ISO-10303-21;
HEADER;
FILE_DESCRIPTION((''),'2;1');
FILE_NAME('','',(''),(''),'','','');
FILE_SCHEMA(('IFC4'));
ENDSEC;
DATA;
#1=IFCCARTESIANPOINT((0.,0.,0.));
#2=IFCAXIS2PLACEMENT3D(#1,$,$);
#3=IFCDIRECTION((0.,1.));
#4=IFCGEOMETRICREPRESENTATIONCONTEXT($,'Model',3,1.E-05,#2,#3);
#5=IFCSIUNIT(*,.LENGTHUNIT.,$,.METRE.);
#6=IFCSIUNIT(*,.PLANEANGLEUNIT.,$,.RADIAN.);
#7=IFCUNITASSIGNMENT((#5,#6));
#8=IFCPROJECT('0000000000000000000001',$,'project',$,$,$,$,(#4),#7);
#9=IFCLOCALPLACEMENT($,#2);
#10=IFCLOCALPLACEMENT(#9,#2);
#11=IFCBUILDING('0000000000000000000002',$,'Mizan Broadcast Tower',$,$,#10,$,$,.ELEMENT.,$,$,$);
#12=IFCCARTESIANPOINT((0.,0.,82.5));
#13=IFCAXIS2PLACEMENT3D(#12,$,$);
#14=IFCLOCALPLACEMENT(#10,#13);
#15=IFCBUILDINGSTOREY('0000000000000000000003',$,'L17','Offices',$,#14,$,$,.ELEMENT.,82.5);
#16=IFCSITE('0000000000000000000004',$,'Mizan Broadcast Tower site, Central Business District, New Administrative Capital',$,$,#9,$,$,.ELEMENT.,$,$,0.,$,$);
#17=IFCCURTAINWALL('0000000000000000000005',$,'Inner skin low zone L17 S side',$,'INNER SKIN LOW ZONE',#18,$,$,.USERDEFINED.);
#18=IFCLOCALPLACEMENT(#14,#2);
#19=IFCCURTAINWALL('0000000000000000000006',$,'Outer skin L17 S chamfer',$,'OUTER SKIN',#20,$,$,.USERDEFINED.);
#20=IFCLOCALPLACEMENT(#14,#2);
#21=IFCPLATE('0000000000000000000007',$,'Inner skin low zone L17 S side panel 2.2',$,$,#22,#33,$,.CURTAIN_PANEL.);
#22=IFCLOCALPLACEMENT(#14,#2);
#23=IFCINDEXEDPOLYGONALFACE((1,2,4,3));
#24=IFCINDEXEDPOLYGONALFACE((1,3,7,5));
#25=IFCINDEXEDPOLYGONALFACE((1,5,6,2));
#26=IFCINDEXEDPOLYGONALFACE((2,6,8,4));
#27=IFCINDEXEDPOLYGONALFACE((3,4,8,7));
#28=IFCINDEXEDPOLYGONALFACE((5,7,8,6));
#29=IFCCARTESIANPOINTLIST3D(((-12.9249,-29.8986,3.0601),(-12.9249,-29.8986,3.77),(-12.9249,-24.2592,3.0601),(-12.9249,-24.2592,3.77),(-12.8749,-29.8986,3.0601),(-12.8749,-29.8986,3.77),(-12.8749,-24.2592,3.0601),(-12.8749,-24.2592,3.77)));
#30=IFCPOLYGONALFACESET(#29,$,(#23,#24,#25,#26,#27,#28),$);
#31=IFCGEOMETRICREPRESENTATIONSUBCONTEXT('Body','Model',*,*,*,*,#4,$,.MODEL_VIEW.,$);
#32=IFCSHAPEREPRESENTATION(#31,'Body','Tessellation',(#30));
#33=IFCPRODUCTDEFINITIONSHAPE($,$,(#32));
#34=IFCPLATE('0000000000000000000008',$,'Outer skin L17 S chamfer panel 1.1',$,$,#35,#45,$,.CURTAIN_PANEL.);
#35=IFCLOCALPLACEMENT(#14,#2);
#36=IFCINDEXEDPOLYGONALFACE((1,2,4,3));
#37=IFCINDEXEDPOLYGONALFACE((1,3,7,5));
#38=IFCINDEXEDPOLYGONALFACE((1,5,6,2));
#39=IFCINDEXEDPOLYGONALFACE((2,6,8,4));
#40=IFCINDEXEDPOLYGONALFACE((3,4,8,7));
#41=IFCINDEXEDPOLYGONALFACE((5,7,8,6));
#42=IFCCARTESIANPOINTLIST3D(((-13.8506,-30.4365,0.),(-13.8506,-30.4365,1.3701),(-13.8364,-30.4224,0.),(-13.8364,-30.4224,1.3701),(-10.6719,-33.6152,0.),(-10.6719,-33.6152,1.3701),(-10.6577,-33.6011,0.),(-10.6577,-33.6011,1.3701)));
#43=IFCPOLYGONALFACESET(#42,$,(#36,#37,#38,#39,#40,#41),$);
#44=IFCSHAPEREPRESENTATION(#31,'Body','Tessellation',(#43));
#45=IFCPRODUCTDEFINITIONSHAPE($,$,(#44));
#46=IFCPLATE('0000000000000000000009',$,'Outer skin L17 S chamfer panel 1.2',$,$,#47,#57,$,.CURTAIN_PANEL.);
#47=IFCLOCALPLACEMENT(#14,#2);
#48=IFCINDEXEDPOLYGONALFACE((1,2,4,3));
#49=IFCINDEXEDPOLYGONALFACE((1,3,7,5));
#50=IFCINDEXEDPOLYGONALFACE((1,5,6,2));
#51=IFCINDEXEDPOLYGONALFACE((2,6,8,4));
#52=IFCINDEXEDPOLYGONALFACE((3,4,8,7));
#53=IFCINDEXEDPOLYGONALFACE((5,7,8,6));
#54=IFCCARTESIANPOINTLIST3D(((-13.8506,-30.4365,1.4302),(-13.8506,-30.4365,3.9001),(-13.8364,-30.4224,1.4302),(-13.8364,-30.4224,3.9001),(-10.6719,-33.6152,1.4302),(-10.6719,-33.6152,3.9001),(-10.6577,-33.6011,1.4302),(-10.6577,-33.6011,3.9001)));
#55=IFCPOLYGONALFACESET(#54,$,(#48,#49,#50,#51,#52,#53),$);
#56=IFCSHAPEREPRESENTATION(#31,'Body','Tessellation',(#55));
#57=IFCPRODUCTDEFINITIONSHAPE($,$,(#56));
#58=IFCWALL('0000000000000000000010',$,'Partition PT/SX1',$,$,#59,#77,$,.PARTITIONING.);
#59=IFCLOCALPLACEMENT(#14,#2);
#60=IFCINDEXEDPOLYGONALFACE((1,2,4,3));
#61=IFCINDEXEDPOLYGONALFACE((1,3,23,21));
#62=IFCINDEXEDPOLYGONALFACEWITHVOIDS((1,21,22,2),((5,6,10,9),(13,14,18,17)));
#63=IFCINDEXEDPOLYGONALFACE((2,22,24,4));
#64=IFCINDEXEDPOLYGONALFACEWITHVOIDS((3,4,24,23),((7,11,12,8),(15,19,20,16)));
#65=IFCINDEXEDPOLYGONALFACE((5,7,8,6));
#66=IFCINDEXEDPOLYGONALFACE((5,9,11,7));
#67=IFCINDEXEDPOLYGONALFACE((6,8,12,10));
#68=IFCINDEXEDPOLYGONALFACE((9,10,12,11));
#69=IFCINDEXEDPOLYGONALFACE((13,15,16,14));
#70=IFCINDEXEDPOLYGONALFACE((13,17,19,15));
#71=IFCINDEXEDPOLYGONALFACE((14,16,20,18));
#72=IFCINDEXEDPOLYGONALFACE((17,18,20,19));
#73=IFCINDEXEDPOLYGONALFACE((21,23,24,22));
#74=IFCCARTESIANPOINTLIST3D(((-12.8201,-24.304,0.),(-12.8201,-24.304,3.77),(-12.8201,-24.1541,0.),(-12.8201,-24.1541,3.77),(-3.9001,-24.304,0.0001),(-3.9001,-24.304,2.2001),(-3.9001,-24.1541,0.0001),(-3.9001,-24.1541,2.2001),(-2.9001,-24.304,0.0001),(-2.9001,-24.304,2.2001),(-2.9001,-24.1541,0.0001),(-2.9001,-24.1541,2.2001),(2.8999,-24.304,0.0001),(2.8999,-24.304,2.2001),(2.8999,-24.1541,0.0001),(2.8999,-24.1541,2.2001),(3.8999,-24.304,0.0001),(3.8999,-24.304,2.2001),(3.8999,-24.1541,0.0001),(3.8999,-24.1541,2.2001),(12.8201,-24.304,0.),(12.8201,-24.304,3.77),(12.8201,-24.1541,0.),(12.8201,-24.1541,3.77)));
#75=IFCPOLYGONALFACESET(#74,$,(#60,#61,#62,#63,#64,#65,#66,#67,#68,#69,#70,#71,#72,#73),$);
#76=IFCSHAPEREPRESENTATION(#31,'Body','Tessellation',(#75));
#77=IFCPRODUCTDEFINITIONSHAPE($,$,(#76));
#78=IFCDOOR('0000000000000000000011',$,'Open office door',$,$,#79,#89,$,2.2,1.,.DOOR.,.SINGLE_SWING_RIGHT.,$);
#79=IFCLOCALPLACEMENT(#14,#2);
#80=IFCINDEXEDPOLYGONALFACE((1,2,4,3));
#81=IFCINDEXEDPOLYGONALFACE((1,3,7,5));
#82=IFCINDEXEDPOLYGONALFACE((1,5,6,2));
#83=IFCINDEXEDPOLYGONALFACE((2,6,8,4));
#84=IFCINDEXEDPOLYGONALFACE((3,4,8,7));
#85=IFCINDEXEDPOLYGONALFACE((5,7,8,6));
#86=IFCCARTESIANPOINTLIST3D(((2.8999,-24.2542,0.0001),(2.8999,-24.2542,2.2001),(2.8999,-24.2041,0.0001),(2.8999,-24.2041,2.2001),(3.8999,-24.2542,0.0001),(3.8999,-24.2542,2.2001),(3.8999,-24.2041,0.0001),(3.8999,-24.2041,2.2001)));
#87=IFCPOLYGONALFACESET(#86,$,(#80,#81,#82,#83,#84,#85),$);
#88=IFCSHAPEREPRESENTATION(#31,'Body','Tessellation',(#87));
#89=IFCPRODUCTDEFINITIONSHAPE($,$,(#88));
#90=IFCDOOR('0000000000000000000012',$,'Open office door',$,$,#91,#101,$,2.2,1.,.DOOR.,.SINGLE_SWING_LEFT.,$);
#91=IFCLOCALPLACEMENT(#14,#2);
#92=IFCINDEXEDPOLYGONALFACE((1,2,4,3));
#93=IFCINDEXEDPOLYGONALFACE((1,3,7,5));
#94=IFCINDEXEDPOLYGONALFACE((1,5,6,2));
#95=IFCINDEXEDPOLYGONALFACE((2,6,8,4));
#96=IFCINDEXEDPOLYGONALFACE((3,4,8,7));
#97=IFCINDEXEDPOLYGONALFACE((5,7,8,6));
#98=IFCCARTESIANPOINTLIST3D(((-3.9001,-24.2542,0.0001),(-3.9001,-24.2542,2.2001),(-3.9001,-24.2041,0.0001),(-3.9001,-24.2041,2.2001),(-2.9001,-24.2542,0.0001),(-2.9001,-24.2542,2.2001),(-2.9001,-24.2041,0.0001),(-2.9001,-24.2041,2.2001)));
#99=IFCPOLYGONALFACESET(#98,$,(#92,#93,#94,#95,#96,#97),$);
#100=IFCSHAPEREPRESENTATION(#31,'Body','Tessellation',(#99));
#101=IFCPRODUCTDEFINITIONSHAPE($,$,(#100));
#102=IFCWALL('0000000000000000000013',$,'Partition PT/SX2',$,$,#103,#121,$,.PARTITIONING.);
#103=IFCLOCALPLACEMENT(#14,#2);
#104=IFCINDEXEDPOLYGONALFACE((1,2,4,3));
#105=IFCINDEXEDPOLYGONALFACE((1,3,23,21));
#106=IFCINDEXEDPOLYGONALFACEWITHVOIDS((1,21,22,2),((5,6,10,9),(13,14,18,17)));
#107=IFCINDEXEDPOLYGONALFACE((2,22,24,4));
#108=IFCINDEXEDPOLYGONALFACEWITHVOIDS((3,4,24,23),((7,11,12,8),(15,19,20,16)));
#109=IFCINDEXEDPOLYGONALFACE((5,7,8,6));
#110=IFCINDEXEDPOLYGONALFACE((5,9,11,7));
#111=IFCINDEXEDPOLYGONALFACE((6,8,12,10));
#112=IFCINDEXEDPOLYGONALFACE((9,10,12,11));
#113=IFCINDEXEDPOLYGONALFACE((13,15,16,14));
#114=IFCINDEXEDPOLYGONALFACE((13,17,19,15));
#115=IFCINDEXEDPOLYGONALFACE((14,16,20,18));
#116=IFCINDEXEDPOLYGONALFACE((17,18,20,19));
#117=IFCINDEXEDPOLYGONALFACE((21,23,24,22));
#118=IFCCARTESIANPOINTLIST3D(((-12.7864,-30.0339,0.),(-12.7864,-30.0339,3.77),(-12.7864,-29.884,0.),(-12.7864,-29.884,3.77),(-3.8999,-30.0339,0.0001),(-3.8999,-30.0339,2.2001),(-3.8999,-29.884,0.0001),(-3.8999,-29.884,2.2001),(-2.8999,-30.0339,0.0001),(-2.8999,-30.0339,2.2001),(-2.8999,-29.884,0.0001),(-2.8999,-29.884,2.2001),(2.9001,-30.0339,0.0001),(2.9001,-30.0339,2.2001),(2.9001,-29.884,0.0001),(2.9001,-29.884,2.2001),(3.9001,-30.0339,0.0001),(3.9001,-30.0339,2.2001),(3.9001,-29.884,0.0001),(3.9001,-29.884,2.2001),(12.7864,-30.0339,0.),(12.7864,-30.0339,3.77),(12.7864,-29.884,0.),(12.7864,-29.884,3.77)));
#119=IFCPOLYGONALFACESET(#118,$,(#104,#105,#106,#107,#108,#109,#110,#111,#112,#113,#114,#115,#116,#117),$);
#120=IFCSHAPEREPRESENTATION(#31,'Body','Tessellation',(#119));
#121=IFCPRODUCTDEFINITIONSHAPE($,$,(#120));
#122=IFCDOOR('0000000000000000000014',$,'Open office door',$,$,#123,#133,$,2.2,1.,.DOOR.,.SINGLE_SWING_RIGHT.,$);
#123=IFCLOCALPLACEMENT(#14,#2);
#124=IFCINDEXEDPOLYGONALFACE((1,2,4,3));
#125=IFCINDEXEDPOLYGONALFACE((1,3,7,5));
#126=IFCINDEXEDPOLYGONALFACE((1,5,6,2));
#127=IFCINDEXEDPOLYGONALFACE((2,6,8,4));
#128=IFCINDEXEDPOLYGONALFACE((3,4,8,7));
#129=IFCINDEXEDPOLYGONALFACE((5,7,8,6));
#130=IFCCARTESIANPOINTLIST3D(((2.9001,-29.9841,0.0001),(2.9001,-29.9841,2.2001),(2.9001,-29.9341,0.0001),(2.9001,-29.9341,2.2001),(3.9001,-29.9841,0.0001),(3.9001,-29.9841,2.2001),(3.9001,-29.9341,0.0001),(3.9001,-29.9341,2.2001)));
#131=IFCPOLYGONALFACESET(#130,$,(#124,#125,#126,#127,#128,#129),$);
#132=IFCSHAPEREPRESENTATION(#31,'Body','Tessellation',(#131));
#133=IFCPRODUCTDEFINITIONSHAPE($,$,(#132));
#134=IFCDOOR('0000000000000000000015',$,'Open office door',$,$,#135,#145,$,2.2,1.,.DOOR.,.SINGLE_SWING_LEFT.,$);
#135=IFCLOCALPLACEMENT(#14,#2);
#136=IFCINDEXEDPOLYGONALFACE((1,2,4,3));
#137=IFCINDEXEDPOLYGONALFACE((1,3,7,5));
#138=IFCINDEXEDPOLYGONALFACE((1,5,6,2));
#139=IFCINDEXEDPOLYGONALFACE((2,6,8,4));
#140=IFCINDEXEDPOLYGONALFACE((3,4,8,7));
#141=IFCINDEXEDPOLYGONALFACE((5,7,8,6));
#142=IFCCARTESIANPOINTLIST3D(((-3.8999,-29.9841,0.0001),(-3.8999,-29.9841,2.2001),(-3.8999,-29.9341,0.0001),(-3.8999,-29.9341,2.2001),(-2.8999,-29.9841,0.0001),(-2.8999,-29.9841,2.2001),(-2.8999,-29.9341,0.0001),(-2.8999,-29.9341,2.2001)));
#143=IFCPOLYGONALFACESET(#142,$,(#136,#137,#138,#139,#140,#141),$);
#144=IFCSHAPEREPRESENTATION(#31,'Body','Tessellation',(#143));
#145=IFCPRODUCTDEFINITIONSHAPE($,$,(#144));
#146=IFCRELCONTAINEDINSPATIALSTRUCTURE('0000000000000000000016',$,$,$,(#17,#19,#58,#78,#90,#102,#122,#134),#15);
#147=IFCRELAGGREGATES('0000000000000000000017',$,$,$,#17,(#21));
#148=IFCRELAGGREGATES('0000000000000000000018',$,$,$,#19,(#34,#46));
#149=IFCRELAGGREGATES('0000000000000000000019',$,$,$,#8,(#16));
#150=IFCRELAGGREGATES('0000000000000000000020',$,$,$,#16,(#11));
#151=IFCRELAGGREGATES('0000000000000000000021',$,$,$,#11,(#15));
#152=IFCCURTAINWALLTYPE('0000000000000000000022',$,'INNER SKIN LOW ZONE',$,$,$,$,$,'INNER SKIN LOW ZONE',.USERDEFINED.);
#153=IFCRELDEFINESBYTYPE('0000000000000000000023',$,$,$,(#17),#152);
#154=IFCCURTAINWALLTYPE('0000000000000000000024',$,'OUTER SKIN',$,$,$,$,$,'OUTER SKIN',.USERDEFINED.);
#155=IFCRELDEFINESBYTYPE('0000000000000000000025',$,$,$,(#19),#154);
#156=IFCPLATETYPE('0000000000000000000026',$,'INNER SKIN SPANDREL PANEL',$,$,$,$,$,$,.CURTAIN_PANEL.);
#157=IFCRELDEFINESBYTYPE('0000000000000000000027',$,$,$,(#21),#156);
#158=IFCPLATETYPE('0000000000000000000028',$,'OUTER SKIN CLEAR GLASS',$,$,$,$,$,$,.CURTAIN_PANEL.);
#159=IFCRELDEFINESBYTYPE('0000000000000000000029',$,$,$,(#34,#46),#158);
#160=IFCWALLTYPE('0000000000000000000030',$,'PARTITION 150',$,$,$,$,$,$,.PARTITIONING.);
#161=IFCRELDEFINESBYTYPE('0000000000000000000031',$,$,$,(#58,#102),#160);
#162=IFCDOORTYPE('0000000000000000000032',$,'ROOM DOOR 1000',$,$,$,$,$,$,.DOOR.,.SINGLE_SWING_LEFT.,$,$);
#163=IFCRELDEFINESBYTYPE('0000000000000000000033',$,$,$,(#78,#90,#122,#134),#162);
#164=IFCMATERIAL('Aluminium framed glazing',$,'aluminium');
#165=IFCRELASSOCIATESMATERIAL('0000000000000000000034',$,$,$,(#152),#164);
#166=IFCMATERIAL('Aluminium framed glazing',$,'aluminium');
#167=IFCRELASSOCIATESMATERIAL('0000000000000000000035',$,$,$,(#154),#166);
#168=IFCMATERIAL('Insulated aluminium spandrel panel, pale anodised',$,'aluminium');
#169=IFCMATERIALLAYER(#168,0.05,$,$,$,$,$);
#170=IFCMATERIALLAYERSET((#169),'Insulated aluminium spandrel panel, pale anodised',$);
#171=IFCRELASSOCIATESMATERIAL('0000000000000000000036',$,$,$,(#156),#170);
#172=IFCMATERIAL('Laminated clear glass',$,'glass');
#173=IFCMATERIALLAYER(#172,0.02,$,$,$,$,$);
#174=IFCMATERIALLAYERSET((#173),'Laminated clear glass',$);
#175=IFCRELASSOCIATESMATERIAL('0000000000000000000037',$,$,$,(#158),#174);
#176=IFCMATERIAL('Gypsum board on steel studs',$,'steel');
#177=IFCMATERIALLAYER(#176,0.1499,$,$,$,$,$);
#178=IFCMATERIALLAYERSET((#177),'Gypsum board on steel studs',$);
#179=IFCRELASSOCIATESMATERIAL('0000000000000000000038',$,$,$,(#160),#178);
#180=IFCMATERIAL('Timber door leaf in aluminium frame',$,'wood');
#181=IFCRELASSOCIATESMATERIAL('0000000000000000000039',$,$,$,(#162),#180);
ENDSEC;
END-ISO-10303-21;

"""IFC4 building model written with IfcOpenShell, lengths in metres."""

from ifc_helpers import new_model, si_unit, direction, frame, frame_2d, origin, origin_2d, place, context, subcontext, project, spatial, rectangle, extrude, material, layer, layer_set, type_object, element, fill, aggregate, save


model = new_model("IFC4")

# Units and contexts
model_context = context("Model", 3, precision=1e-05, world=origin(), true_north=direction((0.0, 1.0)))
body_context = subcontext(model_context, "Body", "Model", "MODEL_VIEW")
ifc_project = project(units=[si_unit("LENGTHUNIT", "METRE"), si_unit("PLANEANGLEUNIT", "RADIAN")], contexts=[model_context])

# Site, building, storey
site_placement = place(None, origin())
site = spatial("IfcSite", under=ifc_project, at=site_placement, Name="Mizan Broadcast Tower site, Central Business District, New Administrative Capital", CompositionType="ELEMENT", RefElevation=0.0)
building_placement = place(site_placement, origin())
building = spatial("IfcBuilding", under=site, at=building_placement, Name="Mizan Broadcast Tower", CompositionType="ELEMENT")
storey_placement = place(building_placement, frame((0.0, 0.0, 82.5)))
storey = spatial("IfcBuildingStorey", under=building, at=storey_placement, Name="L17", Description="Offices", CompositionType="ELEMENT", Elevation=82.5)

# Curtain wall
ifc_material_1 = material(Name="Aluminium framed glazing", Category="aluminium")
curtain_wall_type_1 = type_object("IfcCurtainWallType", Name="INNER SKIN LOW ZONE", ElementType="INNER SKIN LOW ZONE", PredefinedType="USERDEFINED", material=ifc_material_1)
curtain_wall_1_placement = place(storey_placement, origin())
curtain_wall_1 = element("IfcCurtainWall", 1, at=curtain_wall_1_placement, inside=storey, type_object=curtain_wall_type_1, Name="Inner skin low zone L17 S side", ObjectType="INNER SKIN LOW ZONE", PredefinedType="USERDEFINED")

# Curtain wall
ifc_material_2 = material(Name="Aluminium framed glazing", Category="aluminium")
curtain_wall_type_2 = type_object("IfcCurtainWallType", Name="OUTER SKIN", ElementType="OUTER SKIN", PredefinedType="USERDEFINED", material=ifc_material_2)
curtain_wall_2_placement = place(storey_placement, origin())
curtain_wall_2 = element("IfcCurtainWall", 2, at=curtain_wall_2_placement, inside=storey, type_object=curtain_wall_type_2, Name="Outer skin L17 S chamfer", ObjectType="OUTER SKIN", PredefinedType="USERDEFINED")

# Plates
ifc_material_3 = material(Name="Insulated aluminium spandrel panel, pale anodised", Category="aluminium")
ifc_layer_1 = layer(ifc_material_3, 0.05)
ifc_layer_set_1 = layer_set([ifc_layer_1], Name="Insulated aluminium spandrel panel, pale anodised")
plate_type_1 = type_object("IfcPlateType", Name="INNER SKIN SPANDREL PANEL", PredefinedType="CURTAIN_PANEL", material=ifc_layer_set_1)
plate_1_placement = place(storey_placement, frame((-12.8999, -27.0789, 3.0601), z_axis=(0.0, 0.0, 1.0), x_axis=(0.0, -1.0, 0.0)))
plate_1 = element("IfcPlate", 3, at=plate_1_placement, type_object=plate_type_1, Name="Inner skin low zone L17 S side panel 2.2", PredefinedType="CURTAIN_PANEL", context=body_context, shape_type="SweptSolid", body=[
    extrude(rectangle(XDim=5.6394, YDim=0.05, at=origin_2d()), origin(), (0.0, 0.0, 1.0), 0.71),
])
aggregate(curtain_wall_1, [plate_1])
ifc_material_4 = material(Name="Laminated clear glass", Category="glass")
ifc_layer_2 = layer(ifc_material_4, 0.02)
ifc_layer_set_2 = layer_set([ifc_layer_2], Name="Laminated clear glass")
plate_type_2 = type_object("IfcPlateType", Name="OUTER SKIN CLEAR GLASS", PredefinedType="CURTAIN_PANEL", material=ifc_layer_set_2)
plate_2_placement = place(storey_placement, frame((-12.2542, -32.0188, 0.0), z_axis=(0.0, 0.0, 1.0), x_axis=(0.707107, -0.707107, 0.0)))
plate_2 = element("IfcPlate", 4, at=plate_2_placement, type_object=plate_type_2, Name="Outer skin L17 S chamfer panel 1.1", PredefinedType="CURTAIN_PANEL", context=body_context, shape_type="SweptSolid", body=[
    extrude(rectangle(XDim=4.4954, YDim=0.02, at=origin_2d()), origin(), (0.0, 0.0, 1.0), 1.3701),
])
plate_3_placement = place(storey_placement, frame((-12.2542, -32.0188, 1.4302), z_axis=(0.0, 0.0, 1.0), x_axis=(0.707107, -0.707107, 0.0)))
plate_3 = element("IfcPlate", 5, at=plate_3_placement, type_object=plate_type_2, Name="Outer skin L17 S chamfer panel 1.2", PredefinedType="CURTAIN_PANEL", context=body_context, shape_type="SweptSolid", body=[
    extrude(rectangle(XDim=4.4954, YDim=0.02, at=origin_2d()), origin(), (0.0, 0.0, 1.0), 2.47),
])
aggregate(curtain_wall_2, [plate_2, plate_3])

# Walls, openings, doors
ifc_material_5 = material(Name="Gypsum board on steel studs", Category="steel")
ifc_layer_3 = layer(ifc_material_5, 0.1499)
ifc_layer_set_3 = layer_set([ifc_layer_3], Name="Gypsum board on steel studs")
wall_type = type_object("IfcWallType", Name="PARTITION 150", PredefinedType="PARTITIONING", material=ifc_layer_set_3)
wall_1_placement = place(storey_placement, frame((-12.8201, -24.229, 0.0), z_axis=(0.0, 0.0, 1.0), x_axis=(1.0, 0.0, 0.0)))
wall_1 = element("IfcWall", 6, at=wall_1_placement, inside=storey, type_object=wall_type, Name="Partition PT/SX1", PredefinedType="PARTITIONING", context=body_context, shape_type="SweptSolid", body=[
    extrude(rectangle(XDim=25.6401, YDim=0.1499, at=frame_2d((12.8201, 0.0))), origin(), (0.0, 0.0, 1.0), 3.77),
])
opening_1_placement = place(wall_1_placement, frame((15.72, 0.0, 0.0)))
opening_1 = element("IfcOpeningElement", 7, at=opening_1_placement, cuts=wall_1, PredefinedType="OPENING", context=body_context, shape_type="SweptSolid", body=[
    extrude(rectangle(XDim=1.0, YDim=2.2, at=frame_2d((0.5, 1.1001))), frame((0.0, 0.085, 0.0), z_axis=(0.0, -1.0, 0.0), x_axis=(1.0, 0.0, 0.0)), (0.0, 0.0, 1.0), 0.1699),
])
opening_2_placement = place(wall_1_placement, frame((8.9199, 0.0, 0.0)))
opening_2 = element("IfcOpeningElement", 8, at=opening_2_placement, cuts=wall_1, PredefinedType="OPENING", context=body_context, shape_type="SweptSolid", body=[
    extrude(rectangle(XDim=1.0, YDim=2.2, at=frame_2d((0.5, 1.1001))), frame((0.0, 0.085, 0.0), z_axis=(0.0, -1.0, 0.0), x_axis=(1.0, 0.0, 0.0)), (0.0, 0.0, 1.0), 0.1699),
])
ifc_material_6 = material(Name="Timber door leaf in aluminium frame", Category="wood")
door_type = type_object("IfcDoorType", Name="ROOM DOOR 1000", OperationType="SINGLE_SWING_LEFT", PredefinedType="DOOR", material=ifc_material_6)
door_1_placement = place(opening_1_placement, origin())
door_1 = element("IfcDoor", 9, at=door_1_placement, inside=storey, type_object=door_type, Name="Open office door", OperationType="SINGLE_SWING_RIGHT", OverallHeight=2.2, OverallWidth=1.0, PredefinedType="DOOR", context=body_context, shape_type="SweptSolid", body=[
    extrude(rectangle(XDim=1.0, YDim=2.2, at=frame_2d((0.5, 1.1001))), frame((0.0, 0.0249, 0.0), z_axis=(0.0, -1.0, 0.0), x_axis=(1.0, 0.0, 0.0)), (0.0, 0.0, 1.0), 0.05),
])
fill(opening_1, door_1)
door_2_placement = place(opening_2_placement, origin())
door_2 = element("IfcDoor", 10, at=door_2_placement, inside=storey, type_object=door_type, Name="Open office door", OperationType="SINGLE_SWING_LEFT", OverallHeight=2.2, OverallWidth=1.0, PredefinedType="DOOR", context=body_context, shape_type="SweptSolid", body=[
    extrude(rectangle(XDim=1.0, YDim=2.2, at=frame_2d((0.5, 1.1001))), frame((0.0, 0.0249, 0.0), z_axis=(0.0, -1.0, 0.0), x_axis=(1.0, 0.0, 0.0)), (0.0, 0.0, 1.0), 0.05),
])
fill(opening_2, door_2)
wall_2_placement = place(storey_placement, frame((-12.7864, -29.959, 0.0), z_axis=(0.0, 0.0, 1.0), x_axis=(1.0, 0.0, 0.0)))
wall_2 = element("IfcWall", 11, at=wall_2_placement, inside=storey, type_object=wall_type, Name="Partition PT/SX2", PredefinedType="PARTITIONING", context=body_context, shape_type="SweptSolid", body=[
    extrude(rectangle(XDim=25.5728, YDim=0.1499, at=frame_2d((12.7864, 0.0))), origin(), (0.0, 0.0, 1.0), 3.77),
])
opening_3_placement = place(wall_2_placement, frame((15.6865, 0.0, 0.0)))
opening_3 = element("IfcOpeningElement", 12, at=opening_3_placement, cuts=wall_2, PredefinedType="OPENING", context=body_context, shape_type="SweptSolid", body=[
    extrude(rectangle(XDim=1.0, YDim=2.2, at=frame_2d((0.5, 1.1001))), frame((0.0, 0.085, 0.0), z_axis=(0.0, -1.0, 0.0), x_axis=(1.0, 0.0, 0.0)), (0.0, 0.0, 1.0), 0.1699),
])
opening_4_placement = place(wall_2_placement, frame((8.8865, 0.0, 0.0)))
opening_4 = element("IfcOpeningElement", 13, at=opening_4_placement, cuts=wall_2, PredefinedType="OPENING", context=body_context, shape_type="SweptSolid", body=[
    extrude(rectangle(XDim=1.0, YDim=2.2, at=frame_2d((0.5, 1.1001))), frame((0.0, 0.085, 0.0), z_axis=(0.0, -1.0, 0.0), x_axis=(1.0, 0.0, 0.0)), (0.0, 0.0, 1.0), 0.1699),
])
door_3_placement = place(opening_3_placement, origin())
door_3 = element("IfcDoor", 14, at=door_3_placement, inside=storey, type_object=door_type, Name="Open office door", OperationType="SINGLE_SWING_RIGHT", OverallHeight=2.2, OverallWidth=1.0, PredefinedType="DOOR", context=body_context, shape_type="SweptSolid", body=[
    extrude(rectangle(XDim=1.0, YDim=2.2, at=frame_2d((0.5, 1.1001))), frame((0.0, 0.0249, 0.0), z_axis=(0.0, -1.0, 0.0), x_axis=(1.0, 0.0, 0.0)), (0.0, 0.0, 1.0), 0.05),
])
fill(opening_3, door_3)
door_4_placement = place(opening_4_placement, origin())
door_4 = element("IfcDoor", 15, at=door_4_placement, inside=storey, type_object=door_type, Name="Open office door", OperationType="SINGLE_SWING_LEFT", OverallHeight=2.2, OverallWidth=1.0, PredefinedType="DOOR", context=body_context, shape_type="SweptSolid", body=[
    extrude(rectangle(XDim=1.0, YDim=2.2, at=frame_2d((0.5, 1.1001))), frame((0.0, 0.0249, 0.0), z_axis=(0.0, -1.0, 0.0), x_axis=(1.0, 0.0, 0.0)), (0.0, 0.0, 1.0), 0.05),
])
fill(opening_4, door_4)

save(model, "model.ifc")
